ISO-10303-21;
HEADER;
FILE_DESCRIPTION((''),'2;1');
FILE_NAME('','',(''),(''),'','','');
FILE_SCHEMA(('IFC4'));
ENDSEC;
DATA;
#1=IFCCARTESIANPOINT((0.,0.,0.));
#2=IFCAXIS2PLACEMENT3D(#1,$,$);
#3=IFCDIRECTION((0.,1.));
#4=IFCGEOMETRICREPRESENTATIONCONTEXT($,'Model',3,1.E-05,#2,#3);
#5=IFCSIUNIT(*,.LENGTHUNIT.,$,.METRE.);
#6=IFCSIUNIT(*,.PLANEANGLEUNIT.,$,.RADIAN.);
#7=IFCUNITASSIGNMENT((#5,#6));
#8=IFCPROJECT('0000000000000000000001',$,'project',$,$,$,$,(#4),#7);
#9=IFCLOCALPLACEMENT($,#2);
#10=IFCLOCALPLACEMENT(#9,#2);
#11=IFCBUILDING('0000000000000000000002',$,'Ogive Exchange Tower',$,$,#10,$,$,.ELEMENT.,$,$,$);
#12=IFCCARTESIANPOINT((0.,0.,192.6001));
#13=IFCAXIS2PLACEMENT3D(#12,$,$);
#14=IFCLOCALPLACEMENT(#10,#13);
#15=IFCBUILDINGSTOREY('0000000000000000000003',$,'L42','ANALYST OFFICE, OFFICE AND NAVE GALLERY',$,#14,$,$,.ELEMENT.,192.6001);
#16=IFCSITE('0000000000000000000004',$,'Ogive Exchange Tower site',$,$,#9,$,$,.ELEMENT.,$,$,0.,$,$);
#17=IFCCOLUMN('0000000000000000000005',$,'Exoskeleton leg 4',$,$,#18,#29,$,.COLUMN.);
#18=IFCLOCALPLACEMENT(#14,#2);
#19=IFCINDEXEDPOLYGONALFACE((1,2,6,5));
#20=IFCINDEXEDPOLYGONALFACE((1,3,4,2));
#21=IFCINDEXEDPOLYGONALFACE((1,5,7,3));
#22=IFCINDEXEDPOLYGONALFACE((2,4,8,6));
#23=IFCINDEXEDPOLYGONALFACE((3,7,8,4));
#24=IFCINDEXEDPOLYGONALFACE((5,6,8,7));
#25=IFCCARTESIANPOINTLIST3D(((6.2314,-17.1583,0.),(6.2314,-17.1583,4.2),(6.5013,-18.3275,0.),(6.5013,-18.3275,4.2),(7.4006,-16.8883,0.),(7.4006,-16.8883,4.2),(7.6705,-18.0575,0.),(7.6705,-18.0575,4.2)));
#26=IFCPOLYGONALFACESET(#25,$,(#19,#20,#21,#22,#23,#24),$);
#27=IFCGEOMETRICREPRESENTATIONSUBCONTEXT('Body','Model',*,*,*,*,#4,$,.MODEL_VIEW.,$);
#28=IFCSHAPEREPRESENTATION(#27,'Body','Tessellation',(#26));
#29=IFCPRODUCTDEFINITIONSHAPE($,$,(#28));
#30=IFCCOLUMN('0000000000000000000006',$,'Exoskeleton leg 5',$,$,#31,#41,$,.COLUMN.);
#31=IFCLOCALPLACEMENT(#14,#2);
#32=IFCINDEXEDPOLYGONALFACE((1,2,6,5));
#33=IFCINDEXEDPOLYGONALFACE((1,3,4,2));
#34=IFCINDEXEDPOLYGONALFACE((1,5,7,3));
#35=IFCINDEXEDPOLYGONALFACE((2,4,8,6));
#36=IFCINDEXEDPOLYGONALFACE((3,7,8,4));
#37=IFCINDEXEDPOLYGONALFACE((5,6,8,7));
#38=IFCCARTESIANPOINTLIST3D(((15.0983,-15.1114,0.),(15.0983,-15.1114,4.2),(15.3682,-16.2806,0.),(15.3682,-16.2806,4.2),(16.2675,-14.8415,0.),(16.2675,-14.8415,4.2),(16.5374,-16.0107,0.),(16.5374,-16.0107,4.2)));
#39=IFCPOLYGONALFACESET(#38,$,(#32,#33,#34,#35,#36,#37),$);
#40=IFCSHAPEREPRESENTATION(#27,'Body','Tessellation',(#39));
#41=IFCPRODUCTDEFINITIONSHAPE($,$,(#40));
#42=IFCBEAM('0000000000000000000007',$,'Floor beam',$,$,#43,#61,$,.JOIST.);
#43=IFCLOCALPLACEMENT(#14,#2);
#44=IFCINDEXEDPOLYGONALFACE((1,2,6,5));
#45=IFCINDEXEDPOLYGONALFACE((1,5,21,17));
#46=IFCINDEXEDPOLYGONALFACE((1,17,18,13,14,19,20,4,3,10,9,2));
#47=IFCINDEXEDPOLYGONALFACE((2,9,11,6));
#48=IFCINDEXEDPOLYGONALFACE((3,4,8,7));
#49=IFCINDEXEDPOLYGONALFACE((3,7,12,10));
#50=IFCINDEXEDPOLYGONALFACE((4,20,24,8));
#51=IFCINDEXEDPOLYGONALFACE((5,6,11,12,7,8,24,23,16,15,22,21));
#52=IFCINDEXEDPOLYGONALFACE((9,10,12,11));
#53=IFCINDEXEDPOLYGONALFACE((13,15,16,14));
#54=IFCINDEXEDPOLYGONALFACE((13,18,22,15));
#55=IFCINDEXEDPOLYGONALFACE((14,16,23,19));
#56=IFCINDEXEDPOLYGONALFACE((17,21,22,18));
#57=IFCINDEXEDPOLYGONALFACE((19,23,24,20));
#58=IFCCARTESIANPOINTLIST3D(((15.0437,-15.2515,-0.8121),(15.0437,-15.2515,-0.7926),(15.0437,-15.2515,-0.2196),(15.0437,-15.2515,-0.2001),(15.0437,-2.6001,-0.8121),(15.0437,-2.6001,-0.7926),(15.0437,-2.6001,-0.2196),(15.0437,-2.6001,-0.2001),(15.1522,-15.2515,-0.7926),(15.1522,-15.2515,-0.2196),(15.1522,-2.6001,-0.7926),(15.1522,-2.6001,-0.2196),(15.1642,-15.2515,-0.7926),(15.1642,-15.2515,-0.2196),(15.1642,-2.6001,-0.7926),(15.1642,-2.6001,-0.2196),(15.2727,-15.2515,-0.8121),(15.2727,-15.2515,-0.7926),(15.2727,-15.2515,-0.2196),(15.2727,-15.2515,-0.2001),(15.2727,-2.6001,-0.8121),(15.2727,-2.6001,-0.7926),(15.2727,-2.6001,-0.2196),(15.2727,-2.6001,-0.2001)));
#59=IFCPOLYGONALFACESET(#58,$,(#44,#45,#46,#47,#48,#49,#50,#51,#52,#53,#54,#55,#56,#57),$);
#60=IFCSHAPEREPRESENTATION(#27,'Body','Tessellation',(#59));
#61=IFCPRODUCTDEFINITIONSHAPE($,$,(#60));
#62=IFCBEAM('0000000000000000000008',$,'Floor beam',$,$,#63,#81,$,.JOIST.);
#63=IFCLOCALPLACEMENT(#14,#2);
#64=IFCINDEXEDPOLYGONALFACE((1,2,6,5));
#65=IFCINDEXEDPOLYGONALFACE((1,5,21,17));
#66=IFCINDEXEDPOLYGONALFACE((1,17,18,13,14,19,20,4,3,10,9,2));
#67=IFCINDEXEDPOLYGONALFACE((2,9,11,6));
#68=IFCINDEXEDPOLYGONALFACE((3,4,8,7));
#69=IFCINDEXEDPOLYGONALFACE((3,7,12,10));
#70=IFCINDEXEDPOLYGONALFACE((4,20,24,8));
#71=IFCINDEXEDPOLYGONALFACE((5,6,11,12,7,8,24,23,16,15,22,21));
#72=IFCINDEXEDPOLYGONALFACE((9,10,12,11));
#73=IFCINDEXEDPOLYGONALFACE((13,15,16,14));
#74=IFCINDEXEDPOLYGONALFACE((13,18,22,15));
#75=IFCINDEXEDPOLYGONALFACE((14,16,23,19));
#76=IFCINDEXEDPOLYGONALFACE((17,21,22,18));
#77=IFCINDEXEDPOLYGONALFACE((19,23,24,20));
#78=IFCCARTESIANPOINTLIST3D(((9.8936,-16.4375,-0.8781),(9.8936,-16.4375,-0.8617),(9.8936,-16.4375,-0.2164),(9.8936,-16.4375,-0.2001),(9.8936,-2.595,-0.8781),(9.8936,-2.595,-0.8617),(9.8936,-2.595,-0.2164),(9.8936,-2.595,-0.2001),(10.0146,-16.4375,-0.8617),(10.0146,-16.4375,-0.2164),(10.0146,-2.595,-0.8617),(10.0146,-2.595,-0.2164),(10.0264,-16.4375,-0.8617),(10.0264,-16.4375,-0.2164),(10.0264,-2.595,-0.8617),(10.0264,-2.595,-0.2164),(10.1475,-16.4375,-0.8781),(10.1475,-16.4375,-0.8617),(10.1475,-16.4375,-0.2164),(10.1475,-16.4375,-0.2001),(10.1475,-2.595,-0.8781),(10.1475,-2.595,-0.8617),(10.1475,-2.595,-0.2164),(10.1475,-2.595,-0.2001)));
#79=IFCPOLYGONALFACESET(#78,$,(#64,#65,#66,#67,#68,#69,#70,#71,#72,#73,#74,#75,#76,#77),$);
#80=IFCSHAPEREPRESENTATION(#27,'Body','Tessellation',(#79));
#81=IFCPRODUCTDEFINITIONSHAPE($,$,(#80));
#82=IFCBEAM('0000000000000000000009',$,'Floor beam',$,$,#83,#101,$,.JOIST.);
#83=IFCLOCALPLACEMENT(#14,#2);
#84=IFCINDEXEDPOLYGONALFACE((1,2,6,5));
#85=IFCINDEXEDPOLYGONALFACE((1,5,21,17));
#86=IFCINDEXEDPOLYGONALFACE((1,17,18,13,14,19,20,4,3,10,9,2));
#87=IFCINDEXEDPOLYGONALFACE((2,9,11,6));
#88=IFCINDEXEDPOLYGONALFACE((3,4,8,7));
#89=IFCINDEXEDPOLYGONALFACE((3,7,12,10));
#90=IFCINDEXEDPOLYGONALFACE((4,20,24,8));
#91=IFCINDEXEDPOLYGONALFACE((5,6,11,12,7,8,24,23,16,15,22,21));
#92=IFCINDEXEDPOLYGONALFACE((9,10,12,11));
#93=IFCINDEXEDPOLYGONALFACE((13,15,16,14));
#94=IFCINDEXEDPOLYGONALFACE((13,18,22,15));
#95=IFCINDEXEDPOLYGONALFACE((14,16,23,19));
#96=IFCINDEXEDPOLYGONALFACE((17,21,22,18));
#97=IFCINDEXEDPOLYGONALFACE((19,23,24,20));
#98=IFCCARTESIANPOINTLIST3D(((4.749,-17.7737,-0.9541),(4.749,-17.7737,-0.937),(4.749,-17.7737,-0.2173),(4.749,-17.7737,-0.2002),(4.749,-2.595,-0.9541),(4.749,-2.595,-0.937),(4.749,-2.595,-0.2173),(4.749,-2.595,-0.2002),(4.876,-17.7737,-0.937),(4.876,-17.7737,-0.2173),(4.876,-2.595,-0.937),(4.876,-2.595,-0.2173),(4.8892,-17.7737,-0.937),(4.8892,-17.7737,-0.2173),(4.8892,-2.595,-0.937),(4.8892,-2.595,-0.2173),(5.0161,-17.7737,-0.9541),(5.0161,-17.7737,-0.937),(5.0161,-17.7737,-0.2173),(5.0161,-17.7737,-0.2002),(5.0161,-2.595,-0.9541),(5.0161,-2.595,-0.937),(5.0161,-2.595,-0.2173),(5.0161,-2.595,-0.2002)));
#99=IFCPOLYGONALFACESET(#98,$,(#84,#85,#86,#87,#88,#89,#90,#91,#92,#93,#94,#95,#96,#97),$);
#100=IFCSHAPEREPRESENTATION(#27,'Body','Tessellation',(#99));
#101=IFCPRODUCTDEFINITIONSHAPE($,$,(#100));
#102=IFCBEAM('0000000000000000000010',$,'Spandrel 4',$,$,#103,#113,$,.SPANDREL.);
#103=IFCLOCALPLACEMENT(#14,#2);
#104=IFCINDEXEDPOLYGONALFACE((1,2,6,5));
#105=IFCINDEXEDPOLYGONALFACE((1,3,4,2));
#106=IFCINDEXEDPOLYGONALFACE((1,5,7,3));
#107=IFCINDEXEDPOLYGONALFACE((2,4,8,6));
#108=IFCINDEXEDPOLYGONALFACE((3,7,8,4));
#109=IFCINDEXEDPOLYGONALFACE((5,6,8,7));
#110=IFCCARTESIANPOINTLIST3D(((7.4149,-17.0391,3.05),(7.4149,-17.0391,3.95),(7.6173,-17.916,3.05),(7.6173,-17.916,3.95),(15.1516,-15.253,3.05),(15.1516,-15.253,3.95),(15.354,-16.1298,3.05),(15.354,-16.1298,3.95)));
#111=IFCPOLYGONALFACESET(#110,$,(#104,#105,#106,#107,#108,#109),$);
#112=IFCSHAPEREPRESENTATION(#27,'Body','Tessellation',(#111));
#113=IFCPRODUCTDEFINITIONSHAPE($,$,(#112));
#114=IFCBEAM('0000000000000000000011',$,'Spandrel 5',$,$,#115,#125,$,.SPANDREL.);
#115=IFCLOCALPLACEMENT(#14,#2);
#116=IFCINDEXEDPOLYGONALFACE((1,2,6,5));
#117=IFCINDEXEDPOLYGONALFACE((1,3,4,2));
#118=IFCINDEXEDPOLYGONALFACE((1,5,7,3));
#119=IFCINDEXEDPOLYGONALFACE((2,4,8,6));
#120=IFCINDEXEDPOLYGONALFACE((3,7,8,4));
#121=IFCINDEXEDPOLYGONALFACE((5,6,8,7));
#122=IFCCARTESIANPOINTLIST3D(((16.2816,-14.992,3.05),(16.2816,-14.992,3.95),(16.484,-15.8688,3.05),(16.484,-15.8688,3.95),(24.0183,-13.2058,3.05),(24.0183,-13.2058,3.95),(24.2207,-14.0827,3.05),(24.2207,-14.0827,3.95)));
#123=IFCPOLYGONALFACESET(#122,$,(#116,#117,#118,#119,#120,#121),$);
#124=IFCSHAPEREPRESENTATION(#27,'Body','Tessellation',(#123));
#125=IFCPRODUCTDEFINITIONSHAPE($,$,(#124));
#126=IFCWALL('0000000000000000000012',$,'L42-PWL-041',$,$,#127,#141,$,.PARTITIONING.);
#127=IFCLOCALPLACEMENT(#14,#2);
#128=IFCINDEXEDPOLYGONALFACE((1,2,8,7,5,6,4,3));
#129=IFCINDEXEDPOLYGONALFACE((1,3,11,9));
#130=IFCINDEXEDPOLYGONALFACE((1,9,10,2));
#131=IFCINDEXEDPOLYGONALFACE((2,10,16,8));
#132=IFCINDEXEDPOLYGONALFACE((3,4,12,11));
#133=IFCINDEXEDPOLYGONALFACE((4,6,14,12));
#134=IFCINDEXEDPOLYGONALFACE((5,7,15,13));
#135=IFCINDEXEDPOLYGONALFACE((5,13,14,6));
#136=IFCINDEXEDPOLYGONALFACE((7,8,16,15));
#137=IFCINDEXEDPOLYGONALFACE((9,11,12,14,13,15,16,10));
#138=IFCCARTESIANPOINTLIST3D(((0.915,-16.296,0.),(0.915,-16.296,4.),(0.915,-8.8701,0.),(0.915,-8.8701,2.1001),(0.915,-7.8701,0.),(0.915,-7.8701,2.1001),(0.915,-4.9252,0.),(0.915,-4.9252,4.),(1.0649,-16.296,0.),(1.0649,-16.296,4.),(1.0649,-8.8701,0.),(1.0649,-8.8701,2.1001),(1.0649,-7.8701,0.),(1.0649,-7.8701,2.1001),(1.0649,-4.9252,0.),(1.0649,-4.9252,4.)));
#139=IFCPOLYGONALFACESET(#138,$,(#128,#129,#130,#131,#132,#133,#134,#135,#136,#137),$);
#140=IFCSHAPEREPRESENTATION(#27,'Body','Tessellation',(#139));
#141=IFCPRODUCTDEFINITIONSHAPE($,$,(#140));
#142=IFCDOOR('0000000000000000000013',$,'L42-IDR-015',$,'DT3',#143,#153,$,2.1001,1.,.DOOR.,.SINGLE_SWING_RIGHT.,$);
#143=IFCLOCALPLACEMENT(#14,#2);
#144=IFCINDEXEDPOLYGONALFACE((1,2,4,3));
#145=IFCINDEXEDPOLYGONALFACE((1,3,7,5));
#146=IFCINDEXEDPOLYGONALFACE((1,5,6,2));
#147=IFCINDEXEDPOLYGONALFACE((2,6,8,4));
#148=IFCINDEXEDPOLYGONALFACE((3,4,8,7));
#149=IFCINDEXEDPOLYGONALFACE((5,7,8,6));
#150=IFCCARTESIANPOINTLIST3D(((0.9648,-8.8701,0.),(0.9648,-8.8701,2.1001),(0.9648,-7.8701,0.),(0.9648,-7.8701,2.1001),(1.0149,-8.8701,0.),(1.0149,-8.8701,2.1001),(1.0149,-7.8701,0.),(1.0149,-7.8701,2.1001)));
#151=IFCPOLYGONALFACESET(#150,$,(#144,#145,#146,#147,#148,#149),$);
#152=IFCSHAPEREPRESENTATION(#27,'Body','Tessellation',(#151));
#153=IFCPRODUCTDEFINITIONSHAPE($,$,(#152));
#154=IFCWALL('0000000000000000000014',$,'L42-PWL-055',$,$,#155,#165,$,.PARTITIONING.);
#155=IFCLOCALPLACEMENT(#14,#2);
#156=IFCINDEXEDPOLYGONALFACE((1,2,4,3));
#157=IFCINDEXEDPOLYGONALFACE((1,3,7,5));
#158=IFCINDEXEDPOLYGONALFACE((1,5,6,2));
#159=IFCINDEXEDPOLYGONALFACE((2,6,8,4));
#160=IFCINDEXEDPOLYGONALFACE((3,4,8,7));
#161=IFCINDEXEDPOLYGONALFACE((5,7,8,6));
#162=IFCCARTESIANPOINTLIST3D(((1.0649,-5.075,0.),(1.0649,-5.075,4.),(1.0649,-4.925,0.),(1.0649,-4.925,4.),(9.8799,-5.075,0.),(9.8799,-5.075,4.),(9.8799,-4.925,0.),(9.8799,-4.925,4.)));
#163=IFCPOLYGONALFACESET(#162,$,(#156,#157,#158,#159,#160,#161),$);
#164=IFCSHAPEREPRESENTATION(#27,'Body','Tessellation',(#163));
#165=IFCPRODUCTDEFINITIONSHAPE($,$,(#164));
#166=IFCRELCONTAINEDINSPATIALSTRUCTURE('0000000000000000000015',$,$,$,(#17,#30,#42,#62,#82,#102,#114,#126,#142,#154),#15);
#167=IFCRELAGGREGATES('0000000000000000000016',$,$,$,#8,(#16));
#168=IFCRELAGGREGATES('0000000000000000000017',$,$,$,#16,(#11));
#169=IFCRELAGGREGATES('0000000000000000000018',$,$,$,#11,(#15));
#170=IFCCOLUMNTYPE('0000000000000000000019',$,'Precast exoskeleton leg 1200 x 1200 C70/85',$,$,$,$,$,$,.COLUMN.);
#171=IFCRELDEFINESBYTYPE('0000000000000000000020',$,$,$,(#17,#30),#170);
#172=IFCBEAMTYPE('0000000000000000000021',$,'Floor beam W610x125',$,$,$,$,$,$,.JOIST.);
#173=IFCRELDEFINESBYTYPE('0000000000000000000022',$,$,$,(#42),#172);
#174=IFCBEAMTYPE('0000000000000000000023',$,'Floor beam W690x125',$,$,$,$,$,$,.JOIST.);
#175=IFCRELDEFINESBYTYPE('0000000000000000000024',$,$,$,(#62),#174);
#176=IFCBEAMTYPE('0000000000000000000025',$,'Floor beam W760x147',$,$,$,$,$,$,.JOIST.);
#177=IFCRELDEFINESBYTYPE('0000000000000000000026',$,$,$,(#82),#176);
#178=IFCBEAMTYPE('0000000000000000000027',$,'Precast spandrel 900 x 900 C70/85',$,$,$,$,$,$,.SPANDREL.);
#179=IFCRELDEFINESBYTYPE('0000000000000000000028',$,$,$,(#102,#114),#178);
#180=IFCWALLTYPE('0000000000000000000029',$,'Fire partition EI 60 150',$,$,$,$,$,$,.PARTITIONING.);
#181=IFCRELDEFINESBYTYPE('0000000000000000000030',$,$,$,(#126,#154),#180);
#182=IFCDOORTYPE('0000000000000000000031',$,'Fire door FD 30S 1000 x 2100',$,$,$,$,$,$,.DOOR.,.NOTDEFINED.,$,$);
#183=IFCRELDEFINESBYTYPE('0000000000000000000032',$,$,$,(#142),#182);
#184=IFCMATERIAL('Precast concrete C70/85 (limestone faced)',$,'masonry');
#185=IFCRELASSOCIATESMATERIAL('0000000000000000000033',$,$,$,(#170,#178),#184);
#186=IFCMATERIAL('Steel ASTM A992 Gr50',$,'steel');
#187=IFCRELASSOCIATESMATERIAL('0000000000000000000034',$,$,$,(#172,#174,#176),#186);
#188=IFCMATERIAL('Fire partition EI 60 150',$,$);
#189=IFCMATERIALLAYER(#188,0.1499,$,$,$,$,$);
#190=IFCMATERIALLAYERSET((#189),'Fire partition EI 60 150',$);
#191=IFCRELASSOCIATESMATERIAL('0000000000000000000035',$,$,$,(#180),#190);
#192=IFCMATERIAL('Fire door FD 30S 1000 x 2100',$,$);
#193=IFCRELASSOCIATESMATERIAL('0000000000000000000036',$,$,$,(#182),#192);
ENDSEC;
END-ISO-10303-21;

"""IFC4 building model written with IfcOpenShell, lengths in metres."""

from ifc_helpers import new_model, si_unit, direction, frame, frame_2d, origin, origin_2d, place, context, subcontext, project, spatial, rectangle, i_section, extrude, material, layer, layer_set, material_profile, profile_set, type_object, element, fill, save


model = new_model("IFC4")

# Units and contexts
model_context = context("Model", 3, precision=1e-05, world=origin(), true_north=direction((0.0, 1.0)))
body_context = subcontext(model_context, "Body", "Model", "MODEL_VIEW")
ifc_project = project(units=[si_unit("LENGTHUNIT", "METRE"), si_unit("PLANEANGLEUNIT", "RADIAN")], contexts=[model_context])

# Site, building, storey
site_placement = place(None, origin())
site = spatial("IfcSite", under=ifc_project, at=site_placement, Name="Ogive Exchange Tower site", CompositionType="ELEMENT", RefElevation=0.0)
building_placement = place(site_placement, origin())
building = spatial("IfcBuilding", under=site, at=building_placement, Name="Ogive Exchange Tower", CompositionType="ELEMENT")
storey_placement = place(building_placement, frame((0.0, 0.0, 192.6001)))
storey = spatial("IfcBuildingStorey", under=building, at=storey_placement, Name="L42", Description="ANALYST OFFICE, OFFICE AND NAVE GALLERY", CompositionType="ELEMENT", Elevation=192.6001)

# Columns
ifc_material_1 = material(Name="Precast concrete C70/85 (limestone faced)", Category="masonry")
ifc_material_profile_1 = material_profile(ifc_material_1, rectangle(XDim=1.2, YDim=1.2, at=origin_2d()), Name="1200 x 1200")
ifc_profile_set_1 = profile_set([ifc_material_profile_1], Name="Precast concrete C70/85 (limestone faced)")
column_type = type_object("IfcColumnType", Name="Precast exoskeleton leg 1200 x 1200 C70/85", PredefinedType="COLUMN", material=ifc_profile_set_1)
for number, where, z_axis, x_axis, name in (
    (1, (6.9509, -17.6079, 0.0), (0.0, 0.0, 1.0), (0.97437, 0.224951, 0.0), "Exoskeleton leg 4"),
    (2, (15.8179, -15.561, 0.0), (0.0, 0.0, 1.0), (0.97437, 0.224951, 0.0), "Exoskeleton leg 5"),
):
    element("IfcColumn", number, at=place(storey_placement, frame(where, z_axis=z_axis, x_axis=x_axis)), inside=storey, type_object=column_type, Name=name, PredefinedType="COLUMN", context=body_context, shape_type="SweptSolid", body=[
        extrude(rectangle(XDim=1.2, YDim=1.2, at=origin_2d()), origin(), (0.0, 0.0, 1.0), 4.2),
    ])

# Beams
ifc_material_2 = material(Name="Steel ASTM A992 Gr50", Category="steel")
ifc_material_profile_2 = material_profile(ifc_material_2, i_section(OverallWidth=0.229, OverallDepth=0.6121, WebThickness=0.012, FlangeThickness=0.0195, at=origin_2d()), Name="W610x125")
ifc_profile_set_2 = profile_set([ifc_material_profile_2], Name="Steel ASTM A992 Gr50")
beam_type_1 = type_object("IfcBeamType", Name="Floor beam W610x125", PredefinedType="JOIST", material=ifc_profile_set_2)
beam_1_placement = place(storey_placement, frame((15.1582, -15.2515, -0.5061), z_axis=(0.0, 1.0, 0.0), x_axis=(-1.0, 0.0, 0.0)))
element("IfcBeam", 3, at=beam_1_placement, inside=storey, type_object=beam_type_1, Name="Floor beam", PredefinedType="JOIST", context=body_context, shape_type="SweptSolid", body=[
    extrude(i_section(OverallWidth=0.229, OverallDepth=0.6121, WebThickness=0.012, FlangeThickness=0.0195, at=origin_2d()), origin(), (0.0, 0.0, 1.0), 12.6514),
])
ifc_material_profile_3 = material_profile(ifc_material_2, i_section(OverallWidth=0.2539, OverallDepth=0.678, WebThickness=0.0117, FlangeThickness=0.0164, at=origin_2d()), Name="W690x125")
ifc_profile_set_3 = profile_set([ifc_material_profile_3], Name="Steel ASTM A992 Gr50")
beam_type_2 = type_object("IfcBeamType", Name="Floor beam W690x125", PredefinedType="JOIST", material=ifc_profile_set_3)
beam_2_placement = place(storey_placement, frame((10.0205, -16.4375, -0.5391), z_axis=(0.0, 1.0, 0.0), x_axis=(-1.0, 0.0, 0.0)))
element("IfcBeam", 4, at=beam_2_placement, inside=storey, type_object=beam_type_2, Name="Floor beam", PredefinedType="JOIST", context=body_context, shape_type="SweptSolid", body=[
    extrude(i_section(OverallWidth=0.2539, OverallDepth=0.678, WebThickness=0.0117, FlangeThickness=0.0164, at=origin_2d()), origin(), (0.0, 0.0, 1.0), 13.8425),
])
ifc_material_profile_4 = material_profile(ifc_material_2, i_section(OverallWidth=0.2671, OverallDepth=0.7539, WebThickness=0.0132, FlangeThickness=0.0171, at=origin_2d()), Name="W760x147")
ifc_profile_set_4 = profile_set([ifc_material_profile_4], Name="Steel ASTM A992 Gr50")
beam_type_3 = type_object("IfcBeamType", Name="Floor beam W760x147", PredefinedType="JOIST", material=ifc_profile_set_4)
beam_3_placement = place(storey_placement, frame((4.8826, -17.7737, -0.5771), z_axis=(0.0, 1.0, 0.0), x_axis=(-1.0, 0.0, 0.0)))
element("IfcBeam", 5, at=beam_3_placement, inside=storey, type_object=beam_type_3, Name="Floor beam", PredefinedType="JOIST", context=body_context, shape_type="SweptSolid", body=[
    extrude(i_section(OverallWidth=0.2671, OverallDepth=0.7539, WebThickness=0.0132, FlangeThickness=0.0171, at=origin_2d()), origin(), (0.0, 0.0, 1.0), 15.1787),
])
ifc_material_profile_5 = material_profile(ifc_material_1, rectangle(XDim=0.8999, YDim=0.8999, at=origin_2d()), Name="900 x 900")
ifc_profile_set_5 = profile_set([ifc_material_profile_5], Name="Precast concrete C70/85 (limestone faced)")
beam_type_4 = type_object("IfcBeamType", Name="Precast spandrel 900 x 900 C70/85", PredefinedType="SPANDREL", material=ifc_profile_set_5)
for number, where, z_axis, x_axis, name in (
    (6, (7.5161, -17.4775, 3.5), (0.97437, 0.224952, 0.0), (-0.224952, 0.97437, 0.0), "Spandrel 4"),
    (7, (16.3828, -15.4304, 3.5), (0.97437, 0.224952, 0.0), (-0.224952, 0.97437, 0.0), "Spandrel 5"),
):
    element("IfcBeam", number, at=place(storey_placement, frame(where, z_axis=z_axis, x_axis=x_axis)), inside=storey, type_object=beam_type_4, Name=name, PredefinedType="SPANDREL", context=body_context, shape_type="SweptSolid", body=[
        extrude(rectangle(XDim=0.8999, YDim=0.8999, at=origin_2d()), origin(), (0.0, 0.0, 1.0), 7.9402),
    ])

# Wall, opening, door
ifc_material_3 = material(Name="Fire partition EI 60 150")
ifc_layer_1 = layer(ifc_material_3, 0.1499)
ifc_layer_set_1 = layer_set([ifc_layer_1], Name="Fire partition EI 60 150")
wall_type_1 = type_object("IfcWallType", Name="Fire partition EI 60 150", PredefinedType="PARTITIONING", material=ifc_layer_set_1)
wall_1_placement = place(storey_placement, frame((0.99, -4.925, 0.0), z_axis=(0.0, 0.0, 1.0), x_axis=(0.0, -1.0, 0.0)))
wall_1 = element("IfcWall", 8, at=wall_1_placement, inside=storey, type_object=wall_type_1, Name="L42-PWL-041", PredefinedType="PARTITIONING", context=body_context, shape_type="SweptSolid", body=[
    extrude(rectangle(XDim=11.3708, YDim=0.1499, at=frame_2d((5.6855, 0.0))), origin(), (0.0, 0.0, 1.0), 4.0),
])
opening_1_placement = place(wall_1_placement, frame((2.9451, 0.0, 0.0)))
opening_1 = element("IfcOpeningElement", 9, at=opening_1_placement, cuts=wall_1, PredefinedType="OPENING", context=body_context, shape_type="SweptSolid", body=[
    extrude(rectangle(XDim=1.0, YDim=2.1001, at=frame_2d((0.5, 1.05))), frame((0.0, 0.085, 0.0), z_axis=(0.0, -1.0, 0.0), x_axis=(1.0, 0.0, 0.0)), (0.0, 0.0, 1.0), 0.1699),
])
ifc_material_4 = material(Name="Fire door FD 30S 1000 x 2100")
door_type_1 = type_object("IfcDoorType", Name="Fire door FD 30S 1000 x 2100", OperationType="NOTDEFINED", PredefinedType="DOOR", material=ifc_material_4)
door_1_placement = place(opening_1_placement, origin())
door_1 = element("IfcDoor", 10, at=door_1_placement, inside=storey, type_object=door_type_1, Name="L42-IDR-015", ObjectType="DT3", OperationType="SINGLE_SWING_RIGHT", OverallHeight=2.1001, OverallWidth=1.0, PredefinedType="DOOR", context=body_context, shape_type="SweptSolid", body=[
    extrude(rectangle(XDim=1.0, YDim=2.1001, at=frame_2d((0.5, 1.05))), frame((0.0, 0.0249, 0.0), z_axis=(0.0, -1.0, 0.0), x_axis=(1.0, 0.0, 0.0)), (0.0, 0.0, 1.0), 0.05),
])
fill(opening_1, door_1)

# Wall
wall_2_placement = place(storey_placement, frame((9.8799, -5.0, 0.0), z_axis=(0.0, 0.0, 1.0), x_axis=(-1.0, 0.0, 0.0)))
element("IfcWall", 11, at=wall_2_placement, inside=storey, type_object=wall_type_1, Name="L42-PWL-055", PredefinedType="PARTITIONING", context=body_context, shape_type="SweptSolid", body=[
    extrude(rectangle(XDim=8.8149, YDim=0.1499, at=frame_2d((4.4075, 0.0))), origin(), (0.0, 0.0, 1.0), 4.0),
])

save(model, "model.ifc")
